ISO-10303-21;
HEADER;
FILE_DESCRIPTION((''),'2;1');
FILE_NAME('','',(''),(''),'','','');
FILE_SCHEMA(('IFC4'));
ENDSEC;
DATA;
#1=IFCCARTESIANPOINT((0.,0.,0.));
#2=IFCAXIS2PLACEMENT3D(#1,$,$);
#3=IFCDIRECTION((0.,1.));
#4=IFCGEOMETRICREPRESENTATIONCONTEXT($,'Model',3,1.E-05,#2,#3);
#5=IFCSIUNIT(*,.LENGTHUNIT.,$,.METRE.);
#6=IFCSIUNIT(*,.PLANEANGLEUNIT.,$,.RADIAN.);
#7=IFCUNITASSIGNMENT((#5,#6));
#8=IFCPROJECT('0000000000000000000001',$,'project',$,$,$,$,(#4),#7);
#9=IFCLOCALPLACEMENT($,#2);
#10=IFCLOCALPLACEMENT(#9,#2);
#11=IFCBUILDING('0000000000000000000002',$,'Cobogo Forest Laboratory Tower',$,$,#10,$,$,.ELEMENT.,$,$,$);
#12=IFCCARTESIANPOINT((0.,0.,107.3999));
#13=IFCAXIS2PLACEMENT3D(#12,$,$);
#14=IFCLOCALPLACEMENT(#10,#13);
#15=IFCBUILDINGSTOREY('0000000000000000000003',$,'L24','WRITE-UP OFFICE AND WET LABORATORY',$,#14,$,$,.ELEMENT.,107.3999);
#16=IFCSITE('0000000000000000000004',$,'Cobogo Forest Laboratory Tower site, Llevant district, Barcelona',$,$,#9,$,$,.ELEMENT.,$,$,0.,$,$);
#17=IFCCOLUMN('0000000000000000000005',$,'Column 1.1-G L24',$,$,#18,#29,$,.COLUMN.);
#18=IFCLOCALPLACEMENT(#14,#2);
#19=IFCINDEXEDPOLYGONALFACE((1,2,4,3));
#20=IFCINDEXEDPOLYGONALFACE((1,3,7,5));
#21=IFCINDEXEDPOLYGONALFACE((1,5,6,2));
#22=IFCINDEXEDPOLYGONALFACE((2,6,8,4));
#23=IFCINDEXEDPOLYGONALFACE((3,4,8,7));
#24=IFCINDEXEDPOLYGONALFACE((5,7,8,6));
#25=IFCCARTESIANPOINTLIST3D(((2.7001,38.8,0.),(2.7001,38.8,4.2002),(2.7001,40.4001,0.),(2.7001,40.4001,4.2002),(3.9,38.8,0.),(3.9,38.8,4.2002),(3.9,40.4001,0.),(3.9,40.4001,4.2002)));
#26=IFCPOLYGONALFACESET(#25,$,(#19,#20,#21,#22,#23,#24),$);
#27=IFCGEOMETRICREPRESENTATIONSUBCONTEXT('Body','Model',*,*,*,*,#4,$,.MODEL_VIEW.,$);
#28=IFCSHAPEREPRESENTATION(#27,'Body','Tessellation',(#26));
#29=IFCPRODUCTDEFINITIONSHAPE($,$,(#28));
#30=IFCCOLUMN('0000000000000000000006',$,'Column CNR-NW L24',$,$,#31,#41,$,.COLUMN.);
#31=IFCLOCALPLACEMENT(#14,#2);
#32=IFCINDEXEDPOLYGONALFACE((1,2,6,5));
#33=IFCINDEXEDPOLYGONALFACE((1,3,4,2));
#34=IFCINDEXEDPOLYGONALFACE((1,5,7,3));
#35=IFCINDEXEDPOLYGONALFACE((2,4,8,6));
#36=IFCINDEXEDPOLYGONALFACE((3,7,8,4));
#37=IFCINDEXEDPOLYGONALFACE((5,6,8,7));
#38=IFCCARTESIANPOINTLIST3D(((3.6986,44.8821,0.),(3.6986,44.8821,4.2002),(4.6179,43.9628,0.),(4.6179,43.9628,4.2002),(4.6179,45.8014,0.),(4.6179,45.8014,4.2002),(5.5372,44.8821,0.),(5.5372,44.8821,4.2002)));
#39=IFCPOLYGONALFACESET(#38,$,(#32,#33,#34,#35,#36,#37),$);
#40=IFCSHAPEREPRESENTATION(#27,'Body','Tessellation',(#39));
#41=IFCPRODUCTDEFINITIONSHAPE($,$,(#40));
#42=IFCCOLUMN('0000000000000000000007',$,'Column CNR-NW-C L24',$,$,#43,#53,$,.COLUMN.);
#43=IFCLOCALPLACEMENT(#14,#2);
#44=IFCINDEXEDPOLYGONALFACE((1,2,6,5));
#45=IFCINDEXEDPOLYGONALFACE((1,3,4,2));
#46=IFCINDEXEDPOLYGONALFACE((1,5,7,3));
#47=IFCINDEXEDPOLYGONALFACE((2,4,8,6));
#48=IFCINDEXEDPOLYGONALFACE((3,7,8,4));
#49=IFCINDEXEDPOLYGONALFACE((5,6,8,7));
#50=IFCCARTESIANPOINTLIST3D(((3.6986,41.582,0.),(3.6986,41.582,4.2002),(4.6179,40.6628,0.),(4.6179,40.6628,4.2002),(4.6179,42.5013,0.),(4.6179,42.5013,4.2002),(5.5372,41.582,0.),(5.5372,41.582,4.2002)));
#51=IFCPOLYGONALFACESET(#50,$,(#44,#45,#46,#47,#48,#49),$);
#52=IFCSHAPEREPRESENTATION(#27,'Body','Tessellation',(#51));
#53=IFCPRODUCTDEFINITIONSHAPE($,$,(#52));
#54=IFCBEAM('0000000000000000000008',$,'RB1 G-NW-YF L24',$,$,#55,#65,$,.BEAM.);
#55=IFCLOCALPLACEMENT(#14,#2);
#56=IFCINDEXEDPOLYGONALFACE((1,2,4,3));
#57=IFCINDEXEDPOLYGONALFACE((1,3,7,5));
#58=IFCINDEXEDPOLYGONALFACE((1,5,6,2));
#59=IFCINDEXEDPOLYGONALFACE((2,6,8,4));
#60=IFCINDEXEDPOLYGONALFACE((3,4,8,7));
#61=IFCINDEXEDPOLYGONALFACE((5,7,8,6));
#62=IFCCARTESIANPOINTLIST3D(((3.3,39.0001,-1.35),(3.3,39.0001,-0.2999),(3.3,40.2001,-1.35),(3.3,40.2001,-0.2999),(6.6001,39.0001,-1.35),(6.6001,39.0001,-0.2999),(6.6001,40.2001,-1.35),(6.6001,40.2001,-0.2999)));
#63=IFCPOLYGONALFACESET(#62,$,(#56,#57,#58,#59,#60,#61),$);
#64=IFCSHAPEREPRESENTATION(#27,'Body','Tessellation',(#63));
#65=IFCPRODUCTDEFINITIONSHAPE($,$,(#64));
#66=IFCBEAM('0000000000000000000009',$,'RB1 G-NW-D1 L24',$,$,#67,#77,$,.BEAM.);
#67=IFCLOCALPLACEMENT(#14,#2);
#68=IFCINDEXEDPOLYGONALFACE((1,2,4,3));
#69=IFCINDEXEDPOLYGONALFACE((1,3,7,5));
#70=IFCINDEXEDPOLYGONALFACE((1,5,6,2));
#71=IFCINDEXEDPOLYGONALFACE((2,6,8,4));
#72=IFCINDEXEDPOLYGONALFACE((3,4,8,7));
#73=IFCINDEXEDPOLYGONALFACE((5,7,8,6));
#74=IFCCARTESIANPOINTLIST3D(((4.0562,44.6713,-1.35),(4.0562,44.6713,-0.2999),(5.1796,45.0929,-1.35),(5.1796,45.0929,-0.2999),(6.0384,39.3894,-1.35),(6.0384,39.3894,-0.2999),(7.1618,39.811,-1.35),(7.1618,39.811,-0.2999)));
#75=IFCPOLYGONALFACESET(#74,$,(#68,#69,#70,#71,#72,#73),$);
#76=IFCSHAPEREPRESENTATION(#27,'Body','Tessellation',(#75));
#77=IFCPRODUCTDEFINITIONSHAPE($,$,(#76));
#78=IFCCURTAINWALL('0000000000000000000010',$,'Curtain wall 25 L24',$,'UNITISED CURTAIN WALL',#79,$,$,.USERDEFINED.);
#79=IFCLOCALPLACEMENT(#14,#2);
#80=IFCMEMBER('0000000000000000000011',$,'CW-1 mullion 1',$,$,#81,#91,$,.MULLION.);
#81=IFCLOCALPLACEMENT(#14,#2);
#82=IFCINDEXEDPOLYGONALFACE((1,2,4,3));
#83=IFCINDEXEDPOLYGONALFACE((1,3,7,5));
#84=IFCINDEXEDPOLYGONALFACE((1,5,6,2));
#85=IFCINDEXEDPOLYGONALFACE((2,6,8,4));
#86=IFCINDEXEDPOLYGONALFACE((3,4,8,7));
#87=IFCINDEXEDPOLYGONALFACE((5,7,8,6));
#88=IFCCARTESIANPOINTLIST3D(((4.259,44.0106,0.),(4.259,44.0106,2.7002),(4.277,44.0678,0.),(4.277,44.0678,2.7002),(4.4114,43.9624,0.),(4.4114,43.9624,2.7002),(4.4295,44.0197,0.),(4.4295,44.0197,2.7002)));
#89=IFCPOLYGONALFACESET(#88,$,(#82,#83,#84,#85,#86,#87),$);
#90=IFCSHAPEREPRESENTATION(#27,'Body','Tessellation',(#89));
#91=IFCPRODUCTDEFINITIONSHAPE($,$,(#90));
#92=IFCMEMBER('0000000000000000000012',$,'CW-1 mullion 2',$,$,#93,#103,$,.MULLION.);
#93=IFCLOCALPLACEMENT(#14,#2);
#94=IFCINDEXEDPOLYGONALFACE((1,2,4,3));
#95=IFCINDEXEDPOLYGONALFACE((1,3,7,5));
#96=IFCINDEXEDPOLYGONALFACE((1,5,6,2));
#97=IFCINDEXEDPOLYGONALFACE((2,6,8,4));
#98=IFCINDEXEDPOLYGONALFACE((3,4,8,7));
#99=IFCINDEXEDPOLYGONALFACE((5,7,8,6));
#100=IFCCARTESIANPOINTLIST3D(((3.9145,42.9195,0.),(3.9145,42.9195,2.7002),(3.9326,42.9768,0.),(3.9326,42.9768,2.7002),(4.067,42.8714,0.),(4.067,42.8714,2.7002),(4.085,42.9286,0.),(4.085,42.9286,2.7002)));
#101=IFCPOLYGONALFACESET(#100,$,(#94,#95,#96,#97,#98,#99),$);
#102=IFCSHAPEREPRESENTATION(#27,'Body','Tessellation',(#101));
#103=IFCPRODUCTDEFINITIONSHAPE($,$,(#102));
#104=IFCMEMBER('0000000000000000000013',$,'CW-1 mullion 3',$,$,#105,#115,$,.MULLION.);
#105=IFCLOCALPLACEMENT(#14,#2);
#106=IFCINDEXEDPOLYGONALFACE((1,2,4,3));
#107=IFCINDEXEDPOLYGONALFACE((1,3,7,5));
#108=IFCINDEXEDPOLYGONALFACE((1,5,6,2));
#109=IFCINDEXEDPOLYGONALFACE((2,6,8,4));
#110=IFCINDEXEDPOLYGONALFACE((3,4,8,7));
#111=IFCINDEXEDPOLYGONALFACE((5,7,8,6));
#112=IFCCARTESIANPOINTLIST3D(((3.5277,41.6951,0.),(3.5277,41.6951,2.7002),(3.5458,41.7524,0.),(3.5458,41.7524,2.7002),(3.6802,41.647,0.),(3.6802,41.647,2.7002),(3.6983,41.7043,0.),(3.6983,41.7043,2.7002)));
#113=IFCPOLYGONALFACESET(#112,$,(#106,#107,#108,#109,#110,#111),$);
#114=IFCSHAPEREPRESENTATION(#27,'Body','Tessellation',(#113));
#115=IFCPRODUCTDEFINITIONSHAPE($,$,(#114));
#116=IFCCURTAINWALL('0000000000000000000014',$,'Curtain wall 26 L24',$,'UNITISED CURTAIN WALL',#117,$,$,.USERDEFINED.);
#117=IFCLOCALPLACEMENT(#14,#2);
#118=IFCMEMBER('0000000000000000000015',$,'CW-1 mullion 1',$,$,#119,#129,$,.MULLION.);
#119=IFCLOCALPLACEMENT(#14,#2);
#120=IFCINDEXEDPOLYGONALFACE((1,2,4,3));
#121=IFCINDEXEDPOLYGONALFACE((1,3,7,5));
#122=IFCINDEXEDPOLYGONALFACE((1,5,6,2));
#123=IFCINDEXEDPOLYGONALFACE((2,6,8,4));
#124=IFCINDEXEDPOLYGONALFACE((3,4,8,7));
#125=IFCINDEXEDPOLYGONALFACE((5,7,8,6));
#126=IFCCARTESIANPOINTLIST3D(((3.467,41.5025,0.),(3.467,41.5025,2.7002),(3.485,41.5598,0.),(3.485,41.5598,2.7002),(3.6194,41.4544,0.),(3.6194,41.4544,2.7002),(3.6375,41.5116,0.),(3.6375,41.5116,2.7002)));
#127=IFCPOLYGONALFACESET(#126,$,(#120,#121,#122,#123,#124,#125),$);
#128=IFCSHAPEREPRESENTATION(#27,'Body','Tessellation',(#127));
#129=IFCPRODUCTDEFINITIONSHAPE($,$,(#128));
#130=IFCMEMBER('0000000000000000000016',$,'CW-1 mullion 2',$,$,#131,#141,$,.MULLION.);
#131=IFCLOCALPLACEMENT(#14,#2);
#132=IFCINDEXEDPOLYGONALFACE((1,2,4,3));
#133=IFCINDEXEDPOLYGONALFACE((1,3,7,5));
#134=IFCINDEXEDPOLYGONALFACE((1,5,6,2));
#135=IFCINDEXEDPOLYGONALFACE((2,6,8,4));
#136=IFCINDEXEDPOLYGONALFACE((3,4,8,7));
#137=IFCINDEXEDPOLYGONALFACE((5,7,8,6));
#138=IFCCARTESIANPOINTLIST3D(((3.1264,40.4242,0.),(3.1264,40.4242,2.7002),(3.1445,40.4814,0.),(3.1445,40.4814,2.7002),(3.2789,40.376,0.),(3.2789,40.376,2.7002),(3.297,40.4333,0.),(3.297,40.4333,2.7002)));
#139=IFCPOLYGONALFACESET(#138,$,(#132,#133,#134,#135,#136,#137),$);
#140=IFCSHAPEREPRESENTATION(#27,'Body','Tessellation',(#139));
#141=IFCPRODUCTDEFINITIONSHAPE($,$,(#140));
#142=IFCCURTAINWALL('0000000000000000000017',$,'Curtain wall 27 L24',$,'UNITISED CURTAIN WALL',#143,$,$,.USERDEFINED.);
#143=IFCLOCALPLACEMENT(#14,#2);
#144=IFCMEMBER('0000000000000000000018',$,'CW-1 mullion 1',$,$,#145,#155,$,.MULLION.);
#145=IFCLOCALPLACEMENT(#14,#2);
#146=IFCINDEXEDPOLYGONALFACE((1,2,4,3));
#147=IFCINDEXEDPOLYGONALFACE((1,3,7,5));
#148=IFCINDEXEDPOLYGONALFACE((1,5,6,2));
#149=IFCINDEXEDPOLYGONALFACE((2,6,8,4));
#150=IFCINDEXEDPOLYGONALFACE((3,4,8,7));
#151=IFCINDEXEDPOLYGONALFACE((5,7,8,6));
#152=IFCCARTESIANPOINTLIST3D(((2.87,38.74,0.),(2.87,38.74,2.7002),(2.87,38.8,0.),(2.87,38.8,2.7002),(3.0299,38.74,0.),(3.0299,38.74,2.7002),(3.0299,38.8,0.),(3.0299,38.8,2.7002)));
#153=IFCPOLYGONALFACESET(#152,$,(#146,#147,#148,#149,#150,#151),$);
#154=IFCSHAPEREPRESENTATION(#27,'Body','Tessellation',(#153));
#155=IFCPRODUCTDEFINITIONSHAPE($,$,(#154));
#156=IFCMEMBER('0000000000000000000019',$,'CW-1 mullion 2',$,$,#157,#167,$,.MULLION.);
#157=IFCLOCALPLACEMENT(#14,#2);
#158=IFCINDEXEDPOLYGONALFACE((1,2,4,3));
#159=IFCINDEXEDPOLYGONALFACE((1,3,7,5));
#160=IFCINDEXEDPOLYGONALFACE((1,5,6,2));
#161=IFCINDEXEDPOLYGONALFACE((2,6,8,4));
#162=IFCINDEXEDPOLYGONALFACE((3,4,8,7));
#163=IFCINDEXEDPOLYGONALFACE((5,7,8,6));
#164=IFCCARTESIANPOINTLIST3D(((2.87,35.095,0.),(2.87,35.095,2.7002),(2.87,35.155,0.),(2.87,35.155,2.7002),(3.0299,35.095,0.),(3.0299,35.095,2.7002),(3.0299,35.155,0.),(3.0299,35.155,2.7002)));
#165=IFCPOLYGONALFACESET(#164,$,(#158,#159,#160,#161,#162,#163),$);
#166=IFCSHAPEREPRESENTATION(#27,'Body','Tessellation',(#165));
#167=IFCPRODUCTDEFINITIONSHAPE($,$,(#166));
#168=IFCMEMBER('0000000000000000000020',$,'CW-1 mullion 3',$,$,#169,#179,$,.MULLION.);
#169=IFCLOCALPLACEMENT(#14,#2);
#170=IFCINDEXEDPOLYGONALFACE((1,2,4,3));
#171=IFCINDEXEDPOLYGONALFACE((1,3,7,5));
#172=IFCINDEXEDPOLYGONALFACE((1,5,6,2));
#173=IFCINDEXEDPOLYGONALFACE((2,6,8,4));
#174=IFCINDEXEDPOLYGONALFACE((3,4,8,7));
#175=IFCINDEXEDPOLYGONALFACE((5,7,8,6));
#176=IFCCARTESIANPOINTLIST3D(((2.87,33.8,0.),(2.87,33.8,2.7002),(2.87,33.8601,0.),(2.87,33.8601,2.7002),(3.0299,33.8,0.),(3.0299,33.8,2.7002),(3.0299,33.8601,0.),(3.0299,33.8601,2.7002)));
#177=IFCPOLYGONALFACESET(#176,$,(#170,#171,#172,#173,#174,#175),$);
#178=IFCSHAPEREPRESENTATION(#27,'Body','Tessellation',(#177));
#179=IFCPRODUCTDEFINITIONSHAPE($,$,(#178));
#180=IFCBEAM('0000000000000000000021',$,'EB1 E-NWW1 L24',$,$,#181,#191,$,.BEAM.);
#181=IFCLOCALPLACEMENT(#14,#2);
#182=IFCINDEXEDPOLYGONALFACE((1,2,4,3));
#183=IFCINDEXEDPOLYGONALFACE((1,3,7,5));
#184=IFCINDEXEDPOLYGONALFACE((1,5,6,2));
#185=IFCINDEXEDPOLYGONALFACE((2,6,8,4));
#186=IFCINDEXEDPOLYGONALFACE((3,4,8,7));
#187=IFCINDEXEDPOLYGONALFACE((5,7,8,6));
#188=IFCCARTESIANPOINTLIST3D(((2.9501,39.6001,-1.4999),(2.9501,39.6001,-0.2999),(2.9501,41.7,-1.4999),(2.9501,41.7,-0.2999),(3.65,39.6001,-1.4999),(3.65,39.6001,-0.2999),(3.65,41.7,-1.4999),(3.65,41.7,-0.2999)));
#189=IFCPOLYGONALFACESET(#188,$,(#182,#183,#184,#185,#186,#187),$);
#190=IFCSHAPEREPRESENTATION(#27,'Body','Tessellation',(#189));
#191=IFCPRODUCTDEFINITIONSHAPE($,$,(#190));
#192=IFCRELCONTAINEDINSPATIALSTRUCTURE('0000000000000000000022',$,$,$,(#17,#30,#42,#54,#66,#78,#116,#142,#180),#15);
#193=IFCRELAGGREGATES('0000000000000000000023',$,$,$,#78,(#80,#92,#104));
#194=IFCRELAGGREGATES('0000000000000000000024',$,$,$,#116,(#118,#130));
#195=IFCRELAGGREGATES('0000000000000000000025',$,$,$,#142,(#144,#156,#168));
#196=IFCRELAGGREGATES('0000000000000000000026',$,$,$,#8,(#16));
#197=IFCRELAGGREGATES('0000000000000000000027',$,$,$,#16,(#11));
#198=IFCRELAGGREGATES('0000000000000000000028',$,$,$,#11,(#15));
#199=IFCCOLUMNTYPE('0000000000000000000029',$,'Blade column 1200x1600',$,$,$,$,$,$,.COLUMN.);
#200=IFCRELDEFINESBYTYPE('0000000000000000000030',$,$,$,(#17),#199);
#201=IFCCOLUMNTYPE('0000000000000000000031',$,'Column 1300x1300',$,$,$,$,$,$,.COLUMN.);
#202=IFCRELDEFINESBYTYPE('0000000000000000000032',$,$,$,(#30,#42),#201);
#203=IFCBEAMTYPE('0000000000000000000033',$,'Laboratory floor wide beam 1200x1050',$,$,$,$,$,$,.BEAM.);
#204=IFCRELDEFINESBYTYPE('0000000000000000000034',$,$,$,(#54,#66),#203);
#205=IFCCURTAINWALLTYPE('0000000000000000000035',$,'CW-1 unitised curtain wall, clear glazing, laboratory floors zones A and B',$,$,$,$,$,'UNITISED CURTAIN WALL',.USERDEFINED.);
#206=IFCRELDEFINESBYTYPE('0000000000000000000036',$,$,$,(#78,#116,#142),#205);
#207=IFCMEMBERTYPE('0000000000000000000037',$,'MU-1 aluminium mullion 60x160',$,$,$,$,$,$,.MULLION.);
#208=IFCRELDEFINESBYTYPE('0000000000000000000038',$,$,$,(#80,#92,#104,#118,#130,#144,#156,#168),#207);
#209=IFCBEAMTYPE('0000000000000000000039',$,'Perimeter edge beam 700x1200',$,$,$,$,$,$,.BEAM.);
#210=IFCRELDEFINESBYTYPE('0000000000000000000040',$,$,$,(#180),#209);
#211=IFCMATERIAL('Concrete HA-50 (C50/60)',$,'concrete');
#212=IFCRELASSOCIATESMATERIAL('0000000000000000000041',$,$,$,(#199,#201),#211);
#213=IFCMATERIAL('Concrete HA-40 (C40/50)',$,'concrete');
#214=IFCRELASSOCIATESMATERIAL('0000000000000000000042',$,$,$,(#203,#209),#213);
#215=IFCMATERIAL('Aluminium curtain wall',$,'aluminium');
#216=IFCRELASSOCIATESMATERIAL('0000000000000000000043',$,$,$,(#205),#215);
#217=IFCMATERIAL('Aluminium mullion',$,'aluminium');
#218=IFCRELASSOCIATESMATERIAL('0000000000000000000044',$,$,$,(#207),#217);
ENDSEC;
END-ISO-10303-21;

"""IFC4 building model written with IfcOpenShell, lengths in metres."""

from ifc_helpers import new_model, si_unit, direction, frame, origin, origin_2d, place, context, subcontext, project, spatial, rectangle, extrude, material, material_profile, profile_set, type_object, element, aggregate, save


model = new_model("IFC4")

# Units and contexts
model_context = context("Model", 3, precision=1e-05, world=origin(), true_north=direction((0.0, 1.0)))
body_context = subcontext(model_context, "Body", "Model", "MODEL_VIEW")
ifc_project = project(units=[si_unit("LENGTHUNIT", "METRE"), si_unit("PLANEANGLEUNIT", "RADIAN")], contexts=[model_context])

# Site, building, storey
site_placement = place(None, origin())
site = spatial("IfcSite", under=ifc_project, at=site_placement, Name="Cobogo Forest Laboratory Tower site, Llevant district, Barcelona", CompositionType="ELEMENT", RefElevation=0.0)
building_placement = place(site_placement, origin())
building = spatial("IfcBuilding", under=site, at=building_placement, Name="Cobogo Forest Laboratory Tower", CompositionType="ELEMENT")
storey_placement = place(building_placement, frame((0.0, 0.0, 107.3999)))
storey = spatial("IfcBuildingStorey", under=building, at=storey_placement, Name="L24", Description="WRITE-UP OFFICE AND WET LABORATORY", CompositionType="ELEMENT", Elevation=107.3999)

# Columns
ifc_material_1 = material(Name="Concrete HA-50 (C50/60)", Category="concrete")
ifc_material_profile_1 = material_profile(ifc_material_1, rectangle(XDim=1.6001, YDim=1.2, at=origin_2d()), Name="RC 1200x1600")
ifc_profile_set_1 = profile_set([ifc_material_profile_1], Name="Concrete HA-50 (C50/60)")
column_type_1 = type_object("IfcColumnType", Name="Blade column 1200x1600", PredefinedType="COLUMN", material=ifc_profile_set_1)
column_placement = place(storey_placement, frame((3.3, 39.6001, 0.0), z_axis=(0.0, 0.0, 1.0), x_axis=(0.0, 1.0, 0.0)))
element("IfcColumn", 1, at=column_placement, inside=storey, type_object=column_type_1, Name="Column 1.1-G L24", PredefinedType="COLUMN", context=body_context, shape_type="SweptSolid", body=[
    extrude(rectangle(XDim=1.6001, YDim=1.2, at=origin_2d()), origin(), (0.0, 0.0, 1.0), 4.2002),
])
ifc_material_profile_2 = material_profile(ifc_material_1, rectangle(XDim=1.3, YDim=1.3, at=origin_2d()), Name="RC 1300x1300")
ifc_profile_set_2 = profile_set([ifc_material_profile_2], Name="Concrete HA-50 (C50/60)")
column_type_2 = type_object("IfcColumnType", Name="Column 1300x1300", PredefinedType="COLUMN", material=ifc_profile_set_2)
for number, where, z_axis, x_axis, name in (
    (2, (4.6179, 44.8821, 0.0), (0.0, 0.0, 1.0), (0.707107, 0.707107, 0.0), "Column CNR-NW L24"),
    (3, (4.6179, 41.582, 0.0), (0.0, 0.0, 1.0), (0.707107, 0.707107, 0.0), "Column CNR-NW-C L24"),
):
    element("IfcColumn", number, at=place(storey_placement, frame(where, z_axis=z_axis, x_axis=x_axis)), inside=storey, type_object=column_type_2, Name=name, PredefinedType="COLUMN", context=body_context, shape_type="SweptSolid", body=[
        extrude(rectangle(XDim=1.3, YDim=1.3, at=origin_2d()), origin(), (0.0, 0.0, 1.0), 4.2002),
    ])

# Beams
ifc_material_2 = material(Name="Concrete HA-40 (C40/50)", Category="concrete")
ifc_material_profile_3 = material_profile(ifc_material_2, rectangle(XDim=1.2, YDim=1.05, at=origin_2d()), Name="RC 1200x1050")
ifc_profile_set_3 = profile_set([ifc_material_profile_3], Name="Concrete HA-40 (C40/50)")
beam_type_1 = type_object("IfcBeamType", Name="Laboratory floor wide beam 1200x1050", PredefinedType="BEAM", material=ifc_profile_set_3)
beam_1_placement = place(storey_placement, frame((3.3, 39.6001, -0.825), z_axis=(1.0, 0.0, 0.0), x_axis=(0.0, 1.0, 0.0)))
element("IfcBeam", 4, at=beam_1_placement, inside=storey, type_object=beam_type_1, Name="RB1 G-NW-YF L24", PredefinedType="BEAM", context=body_context, shape_type="SweptSolid", body=[
    extrude(rectangle(XDim=1.2, YDim=1.05, at=origin_2d()), origin(), (0.0, 0.0, 1.0), 3.3),
])
beam_2_placement = place(storey_placement, frame((4.6179, 44.8821, -0.825), z_axis=(0.351346, -0.936246, 0.0), x_axis=(0.936246, 0.351346, 0.0)))
element("IfcBeam", 5, at=beam_2_placement, inside=storey, type_object=beam_type_1, Name="RB1 G-NW-D1 L24", PredefinedType="BEAM", context=body_context, shape_type="SweptSolid", body=[
    extrude(rectangle(XDim=1.2, YDim=1.05, at=origin_2d()), origin(), (0.0, 0.0, 1.0), 5.6416),
])

# Curtain walls, members
ifc_material_3 = material(Name="Aluminium curtain wall", Category="aluminium")
curtain_wall_type = type_object("IfcCurtainWallType", Name="CW-1 unitised curtain wall, clear glazing, laboratory floors zones A and B", ElementType="UNITISED CURTAIN WALL", PredefinedType="USERDEFINED", material=ifc_material_3)
curtain_wall_1_placement = place(storey_placement, origin())
curtain_wall_1 = element("IfcCurtainWall", 6, at=curtain_wall_1_placement, inside=storey, type_object=curtain_wall_type, Name="Curtain wall 25 L24", ObjectType="UNITISED CURTAIN WALL", PredefinedType="USERDEFINED")
ifc_material_4 = material(Name="Aluminium mullion", Category="aluminium")
ifc_material_profile_4 = material_profile(ifc_material_4, rectangle(XDim=0.0601, YDim=0.1599, at=origin_2d()), Name="AL 60x160")
ifc_profile_set_4 = profile_set([ifc_material_profile_4], Name="Aluminium mullion")
member_type_1 = type_object("IfcMemberType", Name="MU-1 aluminium mullion 60x160", PredefinedType="MULLION", material=ifc_profile_set_4)
member_1_placement = place(storey_placement, frame((4.3442, 44.0151, 0.0), z_axis=(0.0, 0.0, 1.0), x_axis=(-0.301135, -0.953581, 0.0)))
member_1 = element("IfcMember", 7, at=member_1_placement, type_object=member_type_1, Name="CW-1 mullion 1", PredefinedType="MULLION", context=body_context, shape_type="SweptSolid", body=[
    extrude(rectangle(XDim=0.0601, YDim=0.1599, at=origin_2d()), origin(), (0.0, 0.0, 1.0), 2.7002),
])
member_2_placement = place(storey_placement, frame((3.9998, 42.9241, 0.0), z_axis=(0.0, 0.0, 1.0), x_axis=(-0.301135, -0.953581, 0.0)))
member_2 = element("IfcMember", 8, at=member_2_placement, type_object=member_type_1, Name="CW-1 mullion 2", PredefinedType="MULLION", context=body_context, shape_type="SweptSolid", body=[
    extrude(rectangle(XDim=0.0601, YDim=0.1599, at=origin_2d()), origin(), (0.0, 0.0, 1.0), 2.7002),
])
member_3_placement = place(storey_placement, frame((3.613, 41.6997, 0.0), z_axis=(0.0, 0.0, 1.0), x_axis=(-0.301135, -0.953581, 0.0)))
member_3 = element("IfcMember", 9, at=member_3_placement, type_object=member_type_1, Name="CW-1 mullion 3", PredefinedType="MULLION", context=body_context, shape_type="SweptSolid", body=[
    extrude(rectangle(XDim=0.0601, YDim=0.1599, at=origin_2d()), origin(), (0.0, 0.0, 1.0), 2.7002),
])
curtain_wall_2_placement = place(storey_placement, origin())
curtain_wall_2 = element("IfcCurtainWall", 10, at=curtain_wall_2_placement, inside=storey, type_object=curtain_wall_type, Name="Curtain wall 26 L24", ObjectType="UNITISED CURTAIN WALL", PredefinedType="USERDEFINED")
member_4_placement = place(storey_placement, frame((3.5522, 41.5071, 0.0), z_axis=(0.0, 0.0, 1.0), x_axis=(-0.301136, -0.953581, 0.0)))
member_4 = element("IfcMember", 11, at=member_4_placement, type_object=member_type_1, Name="CW-1 mullion 1", PredefinedType="MULLION", context=body_context, shape_type="SweptSolid", body=[
    extrude(rectangle(XDim=0.0601, YDim=0.1599, at=origin_2d()), origin(), (0.0, 0.0, 1.0), 2.7002),
])
member_5_placement = place(storey_placement, frame((3.2117, 40.4287, 0.0), z_axis=(0.0, 0.0, 1.0), x_axis=(-0.301136, -0.953581, 0.0)))
member_5 = element("IfcMember", 12, at=member_5_placement, type_object=member_type_1, Name="CW-1 mullion 2", PredefinedType="MULLION", context=body_context, shape_type="SweptSolid", body=[
    extrude(rectangle(XDim=0.0601, YDim=0.1599, at=origin_2d()), origin(), (0.0, 0.0, 1.0), 2.7002),
])
curtain_wall_3_placement = place(storey_placement, origin())
curtain_wall_3 = element("IfcCurtainWall", 13, at=curtain_wall_3_placement, inside=storey, type_object=curtain_wall_type, Name="Curtain wall 27 L24", ObjectType="UNITISED CURTAIN WALL", PredefinedType="USERDEFINED")
member_6_placement = place(storey_placement, frame((2.95, 38.77, 0.0), z_axis=(0.0, 0.0, 1.0), x_axis=(0.0, -1.0, 0.0)))
member_6 = element("IfcMember", 14, at=member_6_placement, type_object=member_type_1, Name="CW-1 mullion 1", PredefinedType="MULLION", context=body_context, shape_type="SweptSolid", body=[
    extrude(rectangle(XDim=0.0601, YDim=0.1599, at=origin_2d()), origin(), (0.0, 0.0, 1.0), 2.7002),
])
member_7_placement = place(storey_placement, frame((2.95, 35.125, 0.0), z_axis=(0.0, 0.0, 1.0), x_axis=(0.0, -1.0, 0.0)))
member_7 = element("IfcMember", 15, at=member_7_placement, type_object=member_type_1, Name="CW-1 mullion 2", PredefinedType="MULLION", context=body_context, shape_type="SweptSolid", body=[
    extrude(rectangle(XDim=0.0601, YDim=0.1599, at=origin_2d()), origin(), (0.0, 0.0, 1.0), 2.7002),
])
member_8_placement = place(storey_placement, frame((2.95, 33.8301, 0.0), z_axis=(0.0, 0.0, 1.0), x_axis=(0.0, -1.0, 0.0)))
member_8 = element("IfcMember", 16, at=member_8_placement, type_object=member_type_1, Name="CW-1 mullion 3", PredefinedType="MULLION", context=body_context, shape_type="SweptSolid", body=[
    extrude(rectangle(XDim=0.0601, YDim=0.1599, at=origin_2d()), origin(), (0.0, 0.0, 1.0), 2.7002),
])

# Beam
ifc_material_profile_5 = material_profile(ifc_material_2, rectangle(XDim=0.7, YDim=1.2, at=origin_2d()), Name="RC 700x1200")
ifc_profile_set_5 = profile_set([ifc_material_profile_5], Name="Concrete HA-40 (C40/50)")
beam_type_2 = type_object("IfcBeamType", Name="Perimeter edge beam 700x1200", PredefinedType="BEAM", material=ifc_profile_set_5)
beam_3_placement = place(storey_placement, frame((3.3, 39.6001, -0.8999), z_axis=(0.0, 1.0, 0.0), x_axis=(-1.0, 0.0, 0.0)))
element("IfcBeam", 17, at=beam_3_placement, inside=storey, type_object=beam_type_2, Name="EB1 E-NWW1 L24", PredefinedType="BEAM", context=body_context, shape_type="SweptSolid", body=[
    extrude(rectangle(XDim=0.7, YDim=1.2, at=origin_2d()), origin(), (0.0, 0.0, 1.0), 2.0999),
])

aggregate(curtain_wall_1, [member_1, member_2, member_3])
aggregate(curtain_wall_2, [member_4, member_5])
aggregate(curtain_wall_3, [member_6, member_7, member_8])

save(model, "model.ifc")
